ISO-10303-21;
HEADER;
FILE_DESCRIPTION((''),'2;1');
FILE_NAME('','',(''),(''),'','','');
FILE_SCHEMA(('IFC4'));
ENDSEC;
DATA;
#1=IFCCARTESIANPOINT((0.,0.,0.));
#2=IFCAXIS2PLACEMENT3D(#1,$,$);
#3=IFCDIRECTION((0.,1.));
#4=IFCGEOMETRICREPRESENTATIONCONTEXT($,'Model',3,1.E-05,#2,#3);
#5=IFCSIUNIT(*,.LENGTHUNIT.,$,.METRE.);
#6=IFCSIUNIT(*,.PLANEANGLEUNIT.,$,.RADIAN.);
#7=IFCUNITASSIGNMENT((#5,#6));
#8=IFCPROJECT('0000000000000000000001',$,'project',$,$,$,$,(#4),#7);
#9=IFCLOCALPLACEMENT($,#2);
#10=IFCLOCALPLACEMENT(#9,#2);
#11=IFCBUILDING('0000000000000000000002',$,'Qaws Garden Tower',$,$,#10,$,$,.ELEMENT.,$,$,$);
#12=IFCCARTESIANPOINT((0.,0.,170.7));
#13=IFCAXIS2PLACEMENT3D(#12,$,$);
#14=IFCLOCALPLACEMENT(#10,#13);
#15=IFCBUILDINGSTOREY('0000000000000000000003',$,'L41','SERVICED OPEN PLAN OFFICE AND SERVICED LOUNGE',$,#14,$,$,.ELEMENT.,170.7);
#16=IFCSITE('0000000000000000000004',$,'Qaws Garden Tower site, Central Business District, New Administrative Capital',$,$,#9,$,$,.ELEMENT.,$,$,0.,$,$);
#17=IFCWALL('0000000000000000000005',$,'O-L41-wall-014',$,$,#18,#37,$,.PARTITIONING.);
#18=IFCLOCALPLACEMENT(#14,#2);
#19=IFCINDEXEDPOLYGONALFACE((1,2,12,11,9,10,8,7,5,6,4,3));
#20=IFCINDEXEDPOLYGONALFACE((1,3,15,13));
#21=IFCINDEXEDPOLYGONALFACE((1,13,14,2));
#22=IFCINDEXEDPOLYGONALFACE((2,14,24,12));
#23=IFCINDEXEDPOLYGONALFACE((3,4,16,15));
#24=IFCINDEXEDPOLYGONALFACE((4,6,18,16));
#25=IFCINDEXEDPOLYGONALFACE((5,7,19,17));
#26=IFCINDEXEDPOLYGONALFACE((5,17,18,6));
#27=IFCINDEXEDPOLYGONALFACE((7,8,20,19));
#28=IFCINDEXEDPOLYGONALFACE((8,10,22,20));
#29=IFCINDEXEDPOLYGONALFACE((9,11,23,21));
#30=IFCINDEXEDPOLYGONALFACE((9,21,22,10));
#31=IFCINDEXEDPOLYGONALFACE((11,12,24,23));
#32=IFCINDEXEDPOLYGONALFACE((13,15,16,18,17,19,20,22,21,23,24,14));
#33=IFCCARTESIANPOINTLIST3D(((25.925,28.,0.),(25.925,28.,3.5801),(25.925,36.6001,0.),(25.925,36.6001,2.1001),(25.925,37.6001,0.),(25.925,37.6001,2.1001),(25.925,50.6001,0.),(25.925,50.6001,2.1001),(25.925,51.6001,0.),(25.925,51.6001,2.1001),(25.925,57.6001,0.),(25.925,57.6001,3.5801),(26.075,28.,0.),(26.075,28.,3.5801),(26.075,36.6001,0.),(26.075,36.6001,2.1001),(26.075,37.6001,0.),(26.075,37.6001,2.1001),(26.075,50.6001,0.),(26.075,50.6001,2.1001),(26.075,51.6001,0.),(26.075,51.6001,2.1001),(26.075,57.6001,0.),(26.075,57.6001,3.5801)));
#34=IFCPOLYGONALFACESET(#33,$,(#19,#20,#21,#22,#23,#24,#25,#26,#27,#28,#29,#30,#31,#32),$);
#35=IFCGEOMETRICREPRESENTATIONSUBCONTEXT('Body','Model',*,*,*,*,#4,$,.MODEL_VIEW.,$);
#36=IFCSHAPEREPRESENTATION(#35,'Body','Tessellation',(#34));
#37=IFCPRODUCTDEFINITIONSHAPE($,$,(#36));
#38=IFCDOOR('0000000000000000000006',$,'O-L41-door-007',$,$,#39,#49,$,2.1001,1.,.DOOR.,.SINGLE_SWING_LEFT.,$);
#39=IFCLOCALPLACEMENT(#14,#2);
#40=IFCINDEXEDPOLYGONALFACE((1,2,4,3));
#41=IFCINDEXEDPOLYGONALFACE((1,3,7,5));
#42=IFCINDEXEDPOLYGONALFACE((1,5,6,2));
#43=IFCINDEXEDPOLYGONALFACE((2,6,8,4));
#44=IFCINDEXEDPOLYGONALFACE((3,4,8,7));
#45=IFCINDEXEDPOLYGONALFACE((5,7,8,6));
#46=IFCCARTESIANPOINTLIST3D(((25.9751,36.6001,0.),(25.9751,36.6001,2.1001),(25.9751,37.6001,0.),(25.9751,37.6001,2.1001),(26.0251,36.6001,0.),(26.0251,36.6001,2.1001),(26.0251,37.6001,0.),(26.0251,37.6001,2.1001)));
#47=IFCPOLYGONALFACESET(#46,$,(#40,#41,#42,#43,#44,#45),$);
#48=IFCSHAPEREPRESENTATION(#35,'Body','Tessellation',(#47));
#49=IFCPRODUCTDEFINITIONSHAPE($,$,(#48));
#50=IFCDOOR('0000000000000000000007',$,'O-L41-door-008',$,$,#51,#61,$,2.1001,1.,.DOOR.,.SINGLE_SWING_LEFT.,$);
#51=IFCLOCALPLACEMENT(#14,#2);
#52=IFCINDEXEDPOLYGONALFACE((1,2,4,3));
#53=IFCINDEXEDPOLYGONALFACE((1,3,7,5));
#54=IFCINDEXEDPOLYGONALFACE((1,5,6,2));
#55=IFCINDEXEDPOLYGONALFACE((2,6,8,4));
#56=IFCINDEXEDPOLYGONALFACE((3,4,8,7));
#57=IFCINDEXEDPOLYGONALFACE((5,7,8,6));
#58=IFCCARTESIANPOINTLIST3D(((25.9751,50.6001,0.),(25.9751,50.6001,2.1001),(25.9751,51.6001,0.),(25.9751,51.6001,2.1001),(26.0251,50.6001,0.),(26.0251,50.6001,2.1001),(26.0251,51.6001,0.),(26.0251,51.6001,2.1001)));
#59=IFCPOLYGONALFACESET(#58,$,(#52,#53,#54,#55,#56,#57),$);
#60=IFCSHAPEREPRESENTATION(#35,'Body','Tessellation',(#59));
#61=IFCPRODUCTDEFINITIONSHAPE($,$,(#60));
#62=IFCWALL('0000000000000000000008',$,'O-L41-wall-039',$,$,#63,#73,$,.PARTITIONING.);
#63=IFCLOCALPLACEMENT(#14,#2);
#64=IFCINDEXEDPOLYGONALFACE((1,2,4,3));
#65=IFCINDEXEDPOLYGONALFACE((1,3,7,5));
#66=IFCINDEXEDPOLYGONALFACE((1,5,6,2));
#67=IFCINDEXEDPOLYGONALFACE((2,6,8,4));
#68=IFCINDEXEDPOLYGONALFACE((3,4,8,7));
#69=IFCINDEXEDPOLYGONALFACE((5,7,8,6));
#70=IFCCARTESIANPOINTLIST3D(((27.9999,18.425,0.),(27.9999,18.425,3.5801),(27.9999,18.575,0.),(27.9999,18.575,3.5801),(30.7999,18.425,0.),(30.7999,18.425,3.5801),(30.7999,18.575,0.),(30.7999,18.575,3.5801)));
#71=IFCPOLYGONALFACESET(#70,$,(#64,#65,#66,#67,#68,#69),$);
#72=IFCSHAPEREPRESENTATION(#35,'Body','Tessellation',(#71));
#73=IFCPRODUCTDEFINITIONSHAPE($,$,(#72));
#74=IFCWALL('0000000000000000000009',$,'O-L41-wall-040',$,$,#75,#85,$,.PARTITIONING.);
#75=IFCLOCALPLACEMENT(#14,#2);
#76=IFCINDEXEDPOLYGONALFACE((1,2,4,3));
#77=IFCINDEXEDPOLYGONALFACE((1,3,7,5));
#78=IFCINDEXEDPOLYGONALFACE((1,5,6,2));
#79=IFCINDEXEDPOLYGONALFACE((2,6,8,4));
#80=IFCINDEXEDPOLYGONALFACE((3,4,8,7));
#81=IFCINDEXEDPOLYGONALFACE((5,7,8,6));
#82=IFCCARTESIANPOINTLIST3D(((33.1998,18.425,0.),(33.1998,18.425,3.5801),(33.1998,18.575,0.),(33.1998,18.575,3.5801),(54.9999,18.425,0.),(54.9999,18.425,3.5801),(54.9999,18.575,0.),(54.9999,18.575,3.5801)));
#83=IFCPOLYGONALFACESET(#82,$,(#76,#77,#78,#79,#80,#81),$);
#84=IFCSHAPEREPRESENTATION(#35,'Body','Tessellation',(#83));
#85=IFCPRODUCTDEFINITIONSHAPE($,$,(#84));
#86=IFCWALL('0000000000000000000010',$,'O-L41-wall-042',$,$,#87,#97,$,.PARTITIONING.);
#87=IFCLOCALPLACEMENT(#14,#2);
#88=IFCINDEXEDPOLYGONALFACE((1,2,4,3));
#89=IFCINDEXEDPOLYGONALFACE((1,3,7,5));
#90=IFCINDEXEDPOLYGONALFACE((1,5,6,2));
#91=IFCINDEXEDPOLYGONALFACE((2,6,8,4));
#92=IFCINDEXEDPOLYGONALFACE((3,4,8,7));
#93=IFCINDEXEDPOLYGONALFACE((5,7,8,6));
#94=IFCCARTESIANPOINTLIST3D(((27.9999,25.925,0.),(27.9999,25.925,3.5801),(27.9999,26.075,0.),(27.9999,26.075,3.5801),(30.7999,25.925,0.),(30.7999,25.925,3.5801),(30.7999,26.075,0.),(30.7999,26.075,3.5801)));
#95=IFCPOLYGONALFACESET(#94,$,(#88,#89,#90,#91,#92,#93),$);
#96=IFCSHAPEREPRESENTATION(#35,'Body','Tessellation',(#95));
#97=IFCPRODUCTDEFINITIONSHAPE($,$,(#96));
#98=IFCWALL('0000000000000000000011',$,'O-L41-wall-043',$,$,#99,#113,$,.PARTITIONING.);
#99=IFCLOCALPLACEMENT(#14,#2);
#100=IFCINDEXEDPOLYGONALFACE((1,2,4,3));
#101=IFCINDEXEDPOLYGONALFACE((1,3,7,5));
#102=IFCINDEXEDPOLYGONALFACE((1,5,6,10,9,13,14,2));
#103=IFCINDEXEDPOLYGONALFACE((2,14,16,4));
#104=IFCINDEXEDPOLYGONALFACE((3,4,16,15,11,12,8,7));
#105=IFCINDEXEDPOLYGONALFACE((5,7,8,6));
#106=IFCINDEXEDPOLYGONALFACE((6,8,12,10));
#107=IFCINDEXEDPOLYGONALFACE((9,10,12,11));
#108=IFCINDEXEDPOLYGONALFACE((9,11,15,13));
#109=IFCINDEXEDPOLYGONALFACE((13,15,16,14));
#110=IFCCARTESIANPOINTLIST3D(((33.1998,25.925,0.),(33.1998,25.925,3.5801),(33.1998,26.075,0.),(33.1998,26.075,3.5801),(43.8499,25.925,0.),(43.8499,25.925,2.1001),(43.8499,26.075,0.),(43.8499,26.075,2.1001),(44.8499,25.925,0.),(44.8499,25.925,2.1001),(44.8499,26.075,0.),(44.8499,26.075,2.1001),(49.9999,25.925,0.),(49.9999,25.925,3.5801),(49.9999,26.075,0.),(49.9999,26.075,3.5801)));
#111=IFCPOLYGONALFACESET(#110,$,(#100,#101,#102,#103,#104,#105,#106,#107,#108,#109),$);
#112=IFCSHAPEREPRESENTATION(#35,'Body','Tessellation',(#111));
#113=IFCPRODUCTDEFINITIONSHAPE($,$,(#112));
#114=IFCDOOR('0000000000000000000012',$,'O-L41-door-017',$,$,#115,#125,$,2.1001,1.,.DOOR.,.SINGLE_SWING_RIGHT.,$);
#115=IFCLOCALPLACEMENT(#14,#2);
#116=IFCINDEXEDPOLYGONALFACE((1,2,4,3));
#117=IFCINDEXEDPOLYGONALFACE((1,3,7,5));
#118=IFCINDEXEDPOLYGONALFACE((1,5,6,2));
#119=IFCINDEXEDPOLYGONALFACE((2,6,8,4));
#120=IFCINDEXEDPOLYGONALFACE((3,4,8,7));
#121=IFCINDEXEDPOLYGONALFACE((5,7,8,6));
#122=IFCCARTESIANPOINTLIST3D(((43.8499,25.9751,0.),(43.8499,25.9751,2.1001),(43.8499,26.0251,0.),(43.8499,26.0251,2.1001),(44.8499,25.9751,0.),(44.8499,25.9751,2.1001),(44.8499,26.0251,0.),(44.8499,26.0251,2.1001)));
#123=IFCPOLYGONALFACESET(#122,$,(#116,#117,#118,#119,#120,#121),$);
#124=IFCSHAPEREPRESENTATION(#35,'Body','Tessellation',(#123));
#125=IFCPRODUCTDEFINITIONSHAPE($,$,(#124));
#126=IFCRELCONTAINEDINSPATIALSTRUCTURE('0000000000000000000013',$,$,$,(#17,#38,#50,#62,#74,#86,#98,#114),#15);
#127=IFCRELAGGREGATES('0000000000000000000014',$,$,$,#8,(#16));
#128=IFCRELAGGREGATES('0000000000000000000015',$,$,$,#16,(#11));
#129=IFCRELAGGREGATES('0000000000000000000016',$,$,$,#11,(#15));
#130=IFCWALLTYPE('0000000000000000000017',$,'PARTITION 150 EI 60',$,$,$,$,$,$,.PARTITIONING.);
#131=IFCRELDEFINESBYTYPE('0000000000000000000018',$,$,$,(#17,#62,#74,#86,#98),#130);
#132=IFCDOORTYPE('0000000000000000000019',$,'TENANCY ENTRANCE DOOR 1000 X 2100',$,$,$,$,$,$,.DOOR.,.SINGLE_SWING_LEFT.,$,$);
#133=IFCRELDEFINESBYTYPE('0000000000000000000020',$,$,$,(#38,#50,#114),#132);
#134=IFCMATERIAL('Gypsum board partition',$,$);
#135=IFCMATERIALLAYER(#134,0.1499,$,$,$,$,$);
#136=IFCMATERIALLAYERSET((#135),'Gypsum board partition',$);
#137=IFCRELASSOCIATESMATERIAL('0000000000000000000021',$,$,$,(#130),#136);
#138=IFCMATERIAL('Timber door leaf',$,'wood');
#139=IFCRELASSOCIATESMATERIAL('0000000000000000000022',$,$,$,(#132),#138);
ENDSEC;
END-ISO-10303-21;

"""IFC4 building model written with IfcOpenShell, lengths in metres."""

from ifc_helpers import new_model, si_unit, direction, frame, frame_2d, origin, place, context, subcontext, project, spatial, rectangle, extrude, material, layer, layer_set, type_object, element, fill, save


model = new_model("IFC4")

# Units and contexts
model_context = context("Model", 3, precision=1e-05, world=origin(), true_north=direction((0.0, 1.0)))
body_context = subcontext(model_context, "Body", "Model", "MODEL_VIEW")
ifc_project = project(units=[si_unit("LENGTHUNIT", "METRE"), si_unit("PLANEANGLEUNIT", "RADIAN")], contexts=[model_context])

# Site, building, storey
site_placement = place(None, origin())
site = spatial("IfcSite", under=ifc_project, at=site_placement, Name="Qaws Garden Tower site, Central Business District, New Administrative Capital", CompositionType="ELEMENT", RefElevation=0.0)
building_placement = place(site_placement, origin())
building = spatial("IfcBuilding", under=site, at=building_placement, Name="Qaws Garden Tower", CompositionType="ELEMENT")
storey_placement = place(building_placement, frame((0.0, 0.0, 170.7)))
storey = spatial("IfcBuildingStorey", under=building, at=storey_placement, Name="L41", Description="SERVICED OPEN PLAN OFFICE AND SERVICED LOUNGE", CompositionType="ELEMENT", Elevation=170.7)

# Shared definitions
ifc_material_1 = material(Name="Gypsum board partition")
ifc_layer_1 = layer(ifc_material_1, 0.1499)
ifc_layer_set_1 = layer_set([ifc_layer_1], Name="Gypsum board partition")
wall_type_1 = type_object("IfcWallType", Name="PARTITION 150 EI 60", PredefinedType="PARTITIONING", material=ifc_layer_set_1)

# Wall, openings, doors
wall_1_placement = place(storey_placement, frame((26.0, 28.0, 0.0), z_axis=(0.0, 0.0, 1.0), x_axis=(0.0, 1.0, 0.0)))
wall_1 = element("IfcWall", 1, at=wall_1_placement, inside=storey, type_object=wall_type_1, Name="O-L41-wall-014", PredefinedType="PARTITIONING", context=body_context, shape_type="SweptSolid", body=[
    extrude(rectangle(XDim=29.6001, YDim=0.1499, at=frame_2d((14.8, 0.0))), origin(), (0.0, 0.0, 1.0), 3.5801),
])
opening_1_placement = place(wall_1_placement, frame((8.6001, 0.0, 0.0)))
opening_1 = element("IfcOpeningElement", 2, at=opening_1_placement, cuts=wall_1, PredefinedType="OPENING", context=body_context, shape_type="SweptSolid", body=[
    extrude(rectangle(XDim=1.0, YDim=2.1001, at=frame_2d((0.5, 1.05))), frame((0.0, 0.085, 0.0), z_axis=(0.0, -1.0, 0.0), x_axis=(1.0, 0.0, 0.0)), (0.0, 0.0, 1.0), 0.1699),
])
opening_2_placement = place(wall_1_placement, frame((22.6001, 0.0, 0.0)))
opening_2 = element("IfcOpeningElement", 3, at=opening_2_placement, cuts=wall_1, PredefinedType="OPENING", context=body_context, shape_type="SweptSolid", body=[
    extrude(rectangle(XDim=1.0, YDim=2.1001, at=frame_2d((0.5, 1.05))), frame((0.0, 0.085, 0.0), z_axis=(0.0, -1.0, 0.0), x_axis=(1.0, 0.0, 0.0)), (0.0, 0.0, 1.0), 0.1699),
])
ifc_material_2 = material(Name="Timber door leaf", Category="wood")
door_type_1 = type_object("IfcDoorType", Name="TENANCY ENTRANCE DOOR 1000 X 2100", OperationType="SINGLE_SWING_LEFT", PredefinedType="DOOR", material=ifc_material_2)
door_1_placement = place(opening_1_placement, origin())
door_1 = element("IfcDoor", 4, at=door_1_placement, inside=storey, type_object=door_type_1, Name="O-L41-door-007", OperationType="SINGLE_SWING_LEFT", OverallHeight=2.1001, OverallWidth=1.0, PredefinedType="DOOR", context=body_context, shape_type="SweptSolid", body=[
    extrude(rectangle(XDim=1.0, YDim=2.1001, at=frame_2d((0.5, 1.05))), frame((0.0, 0.0249, 0.0), z_axis=(0.0, -1.0, 0.0), x_axis=(1.0, 0.0, 0.0)), (0.0, 0.0, 1.0), 0.05),
])
fill(opening_1, door_1)
door_2_placement = place(opening_2_placement, origin())
door_2 = element("IfcDoor", 5, at=door_2_placement, inside=storey, type_object=door_type_1, Name="O-L41-door-008", OperationType="SINGLE_SWING_LEFT", OverallHeight=2.1001, OverallWidth=1.0, PredefinedType="DOOR", context=body_context, shape_type="SweptSolid", body=[
    extrude(rectangle(XDim=1.0, YDim=2.1001, at=frame_2d((0.5, 1.05))), frame((0.0, 0.0249, 0.0), z_axis=(0.0, -1.0, 0.0), x_axis=(1.0, 0.0, 0.0)), (0.0, 0.0, 1.0), 0.05),
])
fill(opening_2, door_2)

# Walls
wall_2_placement = place(storey_placement, frame((28.0, 18.5, 0.0), z_axis=(0.0, 0.0, 1.0), x_axis=(1.0, 0.0, 0.0)))
element("IfcWall", 6, at=wall_2_placement, inside=storey, type_object=wall_type_1, Name="O-L41-wall-039", PredefinedType="PARTITIONING", context=body_context, shape_type="SweptSolid", body=[
    extrude(rectangle(XDim=2.8, YDim=0.1499, at=frame_2d((1.3999, 0.0))), origin(), (0.0, 0.0, 1.0), 3.5801),
])
wall_3_placement = place(storey_placement, frame((33.2, 18.5, 0.0), z_axis=(0.0, 0.0, 1.0), x_axis=(1.0, 0.0, 0.0)))
element("IfcWall", 7, at=wall_3_placement, inside=storey, type_object=wall_type_1, Name="O-L41-wall-040", PredefinedType="PARTITIONING", context=body_context, shape_type="SweptSolid", body=[
    extrude(rectangle(XDim=21.8, YDim=0.1499, at=frame_2d((10.8999, 0.0))), origin(), (0.0, 0.0, 1.0), 3.5801),
])
wall_4_placement = place(storey_placement, frame((28.0, 26.0, 0.0), z_axis=(0.0, 0.0, 1.0), x_axis=(1.0, 0.0, 0.0)))
element("IfcWall", 8, at=wall_4_placement, inside=storey, type_object=wall_type_1, Name="O-L41-wall-042", PredefinedType="PARTITIONING", context=body_context, shape_type="SweptSolid", body=[
    extrude(rectangle(XDim=2.8, YDim=0.1499, at=frame_2d((1.3999, 0.0))), origin(), (0.0, 0.0, 1.0), 3.5801),
])

# Wall, opening, door
wall_5_placement = place(storey_placement, frame((33.2, 26.0, 0.0), z_axis=(0.0, 0.0, 1.0), x_axis=(1.0, 0.0, 0.0)))
wall_5 = element("IfcWall", 9, at=wall_5_placement, inside=storey, type_object=wall_type_1, Name="O-L41-wall-043", PredefinedType="PARTITIONING", context=body_context, shape_type="SweptSolid", body=[
    extrude(rectangle(XDim=16.8, YDim=0.1499, at=frame_2d((8.3999, 0.0))), origin(), (0.0, 0.0, 1.0), 3.5801),
])
opening_3_placement = place(wall_5_placement, frame((10.6499, 0.0, 0.0)))
opening_3 = element("IfcOpeningElement", 10, at=opening_3_placement, cuts=wall_5, PredefinedType="OPENING", context=body_context, shape_type="SweptSolid", body=[
    extrude(rectangle(XDim=1.0, YDim=2.1001, at=frame_2d((0.5, 1.05))), frame((0.0, 0.085, 0.0), z_axis=(0.0, -1.0, 0.0), x_axis=(1.0, 0.0, 0.0)), (0.0, 0.0, 1.0), 0.1699),
])
door_3_placement = place(opening_3_placement, frame((1.0, 0.0, 0.0), z_axis=(0.0, 0.0, 1.0), x_axis=(-1.0, 0.0, 0.0)))
door_3 = element("IfcDoor", 11, at=door_3_placement, inside=storey, type_object=door_type_1, Name="O-L41-door-017", OperationType="SINGLE_SWING_RIGHT", OverallHeight=2.1001, OverallWidth=1.0, PredefinedType="DOOR", context=body_context, shape_type="SweptSolid", body=[
    extrude(rectangle(XDim=1.0, YDim=2.1001, at=frame_2d((0.5, 1.05))), frame((0.0, 0.0249, 0.0), z_axis=(0.0, -1.0, 0.0), x_axis=(1.0, 0.0, 0.0)), (0.0, 0.0, 1.0), 0.05),
])
fill(opening_3, door_3)

save(model, "model.ifc")
